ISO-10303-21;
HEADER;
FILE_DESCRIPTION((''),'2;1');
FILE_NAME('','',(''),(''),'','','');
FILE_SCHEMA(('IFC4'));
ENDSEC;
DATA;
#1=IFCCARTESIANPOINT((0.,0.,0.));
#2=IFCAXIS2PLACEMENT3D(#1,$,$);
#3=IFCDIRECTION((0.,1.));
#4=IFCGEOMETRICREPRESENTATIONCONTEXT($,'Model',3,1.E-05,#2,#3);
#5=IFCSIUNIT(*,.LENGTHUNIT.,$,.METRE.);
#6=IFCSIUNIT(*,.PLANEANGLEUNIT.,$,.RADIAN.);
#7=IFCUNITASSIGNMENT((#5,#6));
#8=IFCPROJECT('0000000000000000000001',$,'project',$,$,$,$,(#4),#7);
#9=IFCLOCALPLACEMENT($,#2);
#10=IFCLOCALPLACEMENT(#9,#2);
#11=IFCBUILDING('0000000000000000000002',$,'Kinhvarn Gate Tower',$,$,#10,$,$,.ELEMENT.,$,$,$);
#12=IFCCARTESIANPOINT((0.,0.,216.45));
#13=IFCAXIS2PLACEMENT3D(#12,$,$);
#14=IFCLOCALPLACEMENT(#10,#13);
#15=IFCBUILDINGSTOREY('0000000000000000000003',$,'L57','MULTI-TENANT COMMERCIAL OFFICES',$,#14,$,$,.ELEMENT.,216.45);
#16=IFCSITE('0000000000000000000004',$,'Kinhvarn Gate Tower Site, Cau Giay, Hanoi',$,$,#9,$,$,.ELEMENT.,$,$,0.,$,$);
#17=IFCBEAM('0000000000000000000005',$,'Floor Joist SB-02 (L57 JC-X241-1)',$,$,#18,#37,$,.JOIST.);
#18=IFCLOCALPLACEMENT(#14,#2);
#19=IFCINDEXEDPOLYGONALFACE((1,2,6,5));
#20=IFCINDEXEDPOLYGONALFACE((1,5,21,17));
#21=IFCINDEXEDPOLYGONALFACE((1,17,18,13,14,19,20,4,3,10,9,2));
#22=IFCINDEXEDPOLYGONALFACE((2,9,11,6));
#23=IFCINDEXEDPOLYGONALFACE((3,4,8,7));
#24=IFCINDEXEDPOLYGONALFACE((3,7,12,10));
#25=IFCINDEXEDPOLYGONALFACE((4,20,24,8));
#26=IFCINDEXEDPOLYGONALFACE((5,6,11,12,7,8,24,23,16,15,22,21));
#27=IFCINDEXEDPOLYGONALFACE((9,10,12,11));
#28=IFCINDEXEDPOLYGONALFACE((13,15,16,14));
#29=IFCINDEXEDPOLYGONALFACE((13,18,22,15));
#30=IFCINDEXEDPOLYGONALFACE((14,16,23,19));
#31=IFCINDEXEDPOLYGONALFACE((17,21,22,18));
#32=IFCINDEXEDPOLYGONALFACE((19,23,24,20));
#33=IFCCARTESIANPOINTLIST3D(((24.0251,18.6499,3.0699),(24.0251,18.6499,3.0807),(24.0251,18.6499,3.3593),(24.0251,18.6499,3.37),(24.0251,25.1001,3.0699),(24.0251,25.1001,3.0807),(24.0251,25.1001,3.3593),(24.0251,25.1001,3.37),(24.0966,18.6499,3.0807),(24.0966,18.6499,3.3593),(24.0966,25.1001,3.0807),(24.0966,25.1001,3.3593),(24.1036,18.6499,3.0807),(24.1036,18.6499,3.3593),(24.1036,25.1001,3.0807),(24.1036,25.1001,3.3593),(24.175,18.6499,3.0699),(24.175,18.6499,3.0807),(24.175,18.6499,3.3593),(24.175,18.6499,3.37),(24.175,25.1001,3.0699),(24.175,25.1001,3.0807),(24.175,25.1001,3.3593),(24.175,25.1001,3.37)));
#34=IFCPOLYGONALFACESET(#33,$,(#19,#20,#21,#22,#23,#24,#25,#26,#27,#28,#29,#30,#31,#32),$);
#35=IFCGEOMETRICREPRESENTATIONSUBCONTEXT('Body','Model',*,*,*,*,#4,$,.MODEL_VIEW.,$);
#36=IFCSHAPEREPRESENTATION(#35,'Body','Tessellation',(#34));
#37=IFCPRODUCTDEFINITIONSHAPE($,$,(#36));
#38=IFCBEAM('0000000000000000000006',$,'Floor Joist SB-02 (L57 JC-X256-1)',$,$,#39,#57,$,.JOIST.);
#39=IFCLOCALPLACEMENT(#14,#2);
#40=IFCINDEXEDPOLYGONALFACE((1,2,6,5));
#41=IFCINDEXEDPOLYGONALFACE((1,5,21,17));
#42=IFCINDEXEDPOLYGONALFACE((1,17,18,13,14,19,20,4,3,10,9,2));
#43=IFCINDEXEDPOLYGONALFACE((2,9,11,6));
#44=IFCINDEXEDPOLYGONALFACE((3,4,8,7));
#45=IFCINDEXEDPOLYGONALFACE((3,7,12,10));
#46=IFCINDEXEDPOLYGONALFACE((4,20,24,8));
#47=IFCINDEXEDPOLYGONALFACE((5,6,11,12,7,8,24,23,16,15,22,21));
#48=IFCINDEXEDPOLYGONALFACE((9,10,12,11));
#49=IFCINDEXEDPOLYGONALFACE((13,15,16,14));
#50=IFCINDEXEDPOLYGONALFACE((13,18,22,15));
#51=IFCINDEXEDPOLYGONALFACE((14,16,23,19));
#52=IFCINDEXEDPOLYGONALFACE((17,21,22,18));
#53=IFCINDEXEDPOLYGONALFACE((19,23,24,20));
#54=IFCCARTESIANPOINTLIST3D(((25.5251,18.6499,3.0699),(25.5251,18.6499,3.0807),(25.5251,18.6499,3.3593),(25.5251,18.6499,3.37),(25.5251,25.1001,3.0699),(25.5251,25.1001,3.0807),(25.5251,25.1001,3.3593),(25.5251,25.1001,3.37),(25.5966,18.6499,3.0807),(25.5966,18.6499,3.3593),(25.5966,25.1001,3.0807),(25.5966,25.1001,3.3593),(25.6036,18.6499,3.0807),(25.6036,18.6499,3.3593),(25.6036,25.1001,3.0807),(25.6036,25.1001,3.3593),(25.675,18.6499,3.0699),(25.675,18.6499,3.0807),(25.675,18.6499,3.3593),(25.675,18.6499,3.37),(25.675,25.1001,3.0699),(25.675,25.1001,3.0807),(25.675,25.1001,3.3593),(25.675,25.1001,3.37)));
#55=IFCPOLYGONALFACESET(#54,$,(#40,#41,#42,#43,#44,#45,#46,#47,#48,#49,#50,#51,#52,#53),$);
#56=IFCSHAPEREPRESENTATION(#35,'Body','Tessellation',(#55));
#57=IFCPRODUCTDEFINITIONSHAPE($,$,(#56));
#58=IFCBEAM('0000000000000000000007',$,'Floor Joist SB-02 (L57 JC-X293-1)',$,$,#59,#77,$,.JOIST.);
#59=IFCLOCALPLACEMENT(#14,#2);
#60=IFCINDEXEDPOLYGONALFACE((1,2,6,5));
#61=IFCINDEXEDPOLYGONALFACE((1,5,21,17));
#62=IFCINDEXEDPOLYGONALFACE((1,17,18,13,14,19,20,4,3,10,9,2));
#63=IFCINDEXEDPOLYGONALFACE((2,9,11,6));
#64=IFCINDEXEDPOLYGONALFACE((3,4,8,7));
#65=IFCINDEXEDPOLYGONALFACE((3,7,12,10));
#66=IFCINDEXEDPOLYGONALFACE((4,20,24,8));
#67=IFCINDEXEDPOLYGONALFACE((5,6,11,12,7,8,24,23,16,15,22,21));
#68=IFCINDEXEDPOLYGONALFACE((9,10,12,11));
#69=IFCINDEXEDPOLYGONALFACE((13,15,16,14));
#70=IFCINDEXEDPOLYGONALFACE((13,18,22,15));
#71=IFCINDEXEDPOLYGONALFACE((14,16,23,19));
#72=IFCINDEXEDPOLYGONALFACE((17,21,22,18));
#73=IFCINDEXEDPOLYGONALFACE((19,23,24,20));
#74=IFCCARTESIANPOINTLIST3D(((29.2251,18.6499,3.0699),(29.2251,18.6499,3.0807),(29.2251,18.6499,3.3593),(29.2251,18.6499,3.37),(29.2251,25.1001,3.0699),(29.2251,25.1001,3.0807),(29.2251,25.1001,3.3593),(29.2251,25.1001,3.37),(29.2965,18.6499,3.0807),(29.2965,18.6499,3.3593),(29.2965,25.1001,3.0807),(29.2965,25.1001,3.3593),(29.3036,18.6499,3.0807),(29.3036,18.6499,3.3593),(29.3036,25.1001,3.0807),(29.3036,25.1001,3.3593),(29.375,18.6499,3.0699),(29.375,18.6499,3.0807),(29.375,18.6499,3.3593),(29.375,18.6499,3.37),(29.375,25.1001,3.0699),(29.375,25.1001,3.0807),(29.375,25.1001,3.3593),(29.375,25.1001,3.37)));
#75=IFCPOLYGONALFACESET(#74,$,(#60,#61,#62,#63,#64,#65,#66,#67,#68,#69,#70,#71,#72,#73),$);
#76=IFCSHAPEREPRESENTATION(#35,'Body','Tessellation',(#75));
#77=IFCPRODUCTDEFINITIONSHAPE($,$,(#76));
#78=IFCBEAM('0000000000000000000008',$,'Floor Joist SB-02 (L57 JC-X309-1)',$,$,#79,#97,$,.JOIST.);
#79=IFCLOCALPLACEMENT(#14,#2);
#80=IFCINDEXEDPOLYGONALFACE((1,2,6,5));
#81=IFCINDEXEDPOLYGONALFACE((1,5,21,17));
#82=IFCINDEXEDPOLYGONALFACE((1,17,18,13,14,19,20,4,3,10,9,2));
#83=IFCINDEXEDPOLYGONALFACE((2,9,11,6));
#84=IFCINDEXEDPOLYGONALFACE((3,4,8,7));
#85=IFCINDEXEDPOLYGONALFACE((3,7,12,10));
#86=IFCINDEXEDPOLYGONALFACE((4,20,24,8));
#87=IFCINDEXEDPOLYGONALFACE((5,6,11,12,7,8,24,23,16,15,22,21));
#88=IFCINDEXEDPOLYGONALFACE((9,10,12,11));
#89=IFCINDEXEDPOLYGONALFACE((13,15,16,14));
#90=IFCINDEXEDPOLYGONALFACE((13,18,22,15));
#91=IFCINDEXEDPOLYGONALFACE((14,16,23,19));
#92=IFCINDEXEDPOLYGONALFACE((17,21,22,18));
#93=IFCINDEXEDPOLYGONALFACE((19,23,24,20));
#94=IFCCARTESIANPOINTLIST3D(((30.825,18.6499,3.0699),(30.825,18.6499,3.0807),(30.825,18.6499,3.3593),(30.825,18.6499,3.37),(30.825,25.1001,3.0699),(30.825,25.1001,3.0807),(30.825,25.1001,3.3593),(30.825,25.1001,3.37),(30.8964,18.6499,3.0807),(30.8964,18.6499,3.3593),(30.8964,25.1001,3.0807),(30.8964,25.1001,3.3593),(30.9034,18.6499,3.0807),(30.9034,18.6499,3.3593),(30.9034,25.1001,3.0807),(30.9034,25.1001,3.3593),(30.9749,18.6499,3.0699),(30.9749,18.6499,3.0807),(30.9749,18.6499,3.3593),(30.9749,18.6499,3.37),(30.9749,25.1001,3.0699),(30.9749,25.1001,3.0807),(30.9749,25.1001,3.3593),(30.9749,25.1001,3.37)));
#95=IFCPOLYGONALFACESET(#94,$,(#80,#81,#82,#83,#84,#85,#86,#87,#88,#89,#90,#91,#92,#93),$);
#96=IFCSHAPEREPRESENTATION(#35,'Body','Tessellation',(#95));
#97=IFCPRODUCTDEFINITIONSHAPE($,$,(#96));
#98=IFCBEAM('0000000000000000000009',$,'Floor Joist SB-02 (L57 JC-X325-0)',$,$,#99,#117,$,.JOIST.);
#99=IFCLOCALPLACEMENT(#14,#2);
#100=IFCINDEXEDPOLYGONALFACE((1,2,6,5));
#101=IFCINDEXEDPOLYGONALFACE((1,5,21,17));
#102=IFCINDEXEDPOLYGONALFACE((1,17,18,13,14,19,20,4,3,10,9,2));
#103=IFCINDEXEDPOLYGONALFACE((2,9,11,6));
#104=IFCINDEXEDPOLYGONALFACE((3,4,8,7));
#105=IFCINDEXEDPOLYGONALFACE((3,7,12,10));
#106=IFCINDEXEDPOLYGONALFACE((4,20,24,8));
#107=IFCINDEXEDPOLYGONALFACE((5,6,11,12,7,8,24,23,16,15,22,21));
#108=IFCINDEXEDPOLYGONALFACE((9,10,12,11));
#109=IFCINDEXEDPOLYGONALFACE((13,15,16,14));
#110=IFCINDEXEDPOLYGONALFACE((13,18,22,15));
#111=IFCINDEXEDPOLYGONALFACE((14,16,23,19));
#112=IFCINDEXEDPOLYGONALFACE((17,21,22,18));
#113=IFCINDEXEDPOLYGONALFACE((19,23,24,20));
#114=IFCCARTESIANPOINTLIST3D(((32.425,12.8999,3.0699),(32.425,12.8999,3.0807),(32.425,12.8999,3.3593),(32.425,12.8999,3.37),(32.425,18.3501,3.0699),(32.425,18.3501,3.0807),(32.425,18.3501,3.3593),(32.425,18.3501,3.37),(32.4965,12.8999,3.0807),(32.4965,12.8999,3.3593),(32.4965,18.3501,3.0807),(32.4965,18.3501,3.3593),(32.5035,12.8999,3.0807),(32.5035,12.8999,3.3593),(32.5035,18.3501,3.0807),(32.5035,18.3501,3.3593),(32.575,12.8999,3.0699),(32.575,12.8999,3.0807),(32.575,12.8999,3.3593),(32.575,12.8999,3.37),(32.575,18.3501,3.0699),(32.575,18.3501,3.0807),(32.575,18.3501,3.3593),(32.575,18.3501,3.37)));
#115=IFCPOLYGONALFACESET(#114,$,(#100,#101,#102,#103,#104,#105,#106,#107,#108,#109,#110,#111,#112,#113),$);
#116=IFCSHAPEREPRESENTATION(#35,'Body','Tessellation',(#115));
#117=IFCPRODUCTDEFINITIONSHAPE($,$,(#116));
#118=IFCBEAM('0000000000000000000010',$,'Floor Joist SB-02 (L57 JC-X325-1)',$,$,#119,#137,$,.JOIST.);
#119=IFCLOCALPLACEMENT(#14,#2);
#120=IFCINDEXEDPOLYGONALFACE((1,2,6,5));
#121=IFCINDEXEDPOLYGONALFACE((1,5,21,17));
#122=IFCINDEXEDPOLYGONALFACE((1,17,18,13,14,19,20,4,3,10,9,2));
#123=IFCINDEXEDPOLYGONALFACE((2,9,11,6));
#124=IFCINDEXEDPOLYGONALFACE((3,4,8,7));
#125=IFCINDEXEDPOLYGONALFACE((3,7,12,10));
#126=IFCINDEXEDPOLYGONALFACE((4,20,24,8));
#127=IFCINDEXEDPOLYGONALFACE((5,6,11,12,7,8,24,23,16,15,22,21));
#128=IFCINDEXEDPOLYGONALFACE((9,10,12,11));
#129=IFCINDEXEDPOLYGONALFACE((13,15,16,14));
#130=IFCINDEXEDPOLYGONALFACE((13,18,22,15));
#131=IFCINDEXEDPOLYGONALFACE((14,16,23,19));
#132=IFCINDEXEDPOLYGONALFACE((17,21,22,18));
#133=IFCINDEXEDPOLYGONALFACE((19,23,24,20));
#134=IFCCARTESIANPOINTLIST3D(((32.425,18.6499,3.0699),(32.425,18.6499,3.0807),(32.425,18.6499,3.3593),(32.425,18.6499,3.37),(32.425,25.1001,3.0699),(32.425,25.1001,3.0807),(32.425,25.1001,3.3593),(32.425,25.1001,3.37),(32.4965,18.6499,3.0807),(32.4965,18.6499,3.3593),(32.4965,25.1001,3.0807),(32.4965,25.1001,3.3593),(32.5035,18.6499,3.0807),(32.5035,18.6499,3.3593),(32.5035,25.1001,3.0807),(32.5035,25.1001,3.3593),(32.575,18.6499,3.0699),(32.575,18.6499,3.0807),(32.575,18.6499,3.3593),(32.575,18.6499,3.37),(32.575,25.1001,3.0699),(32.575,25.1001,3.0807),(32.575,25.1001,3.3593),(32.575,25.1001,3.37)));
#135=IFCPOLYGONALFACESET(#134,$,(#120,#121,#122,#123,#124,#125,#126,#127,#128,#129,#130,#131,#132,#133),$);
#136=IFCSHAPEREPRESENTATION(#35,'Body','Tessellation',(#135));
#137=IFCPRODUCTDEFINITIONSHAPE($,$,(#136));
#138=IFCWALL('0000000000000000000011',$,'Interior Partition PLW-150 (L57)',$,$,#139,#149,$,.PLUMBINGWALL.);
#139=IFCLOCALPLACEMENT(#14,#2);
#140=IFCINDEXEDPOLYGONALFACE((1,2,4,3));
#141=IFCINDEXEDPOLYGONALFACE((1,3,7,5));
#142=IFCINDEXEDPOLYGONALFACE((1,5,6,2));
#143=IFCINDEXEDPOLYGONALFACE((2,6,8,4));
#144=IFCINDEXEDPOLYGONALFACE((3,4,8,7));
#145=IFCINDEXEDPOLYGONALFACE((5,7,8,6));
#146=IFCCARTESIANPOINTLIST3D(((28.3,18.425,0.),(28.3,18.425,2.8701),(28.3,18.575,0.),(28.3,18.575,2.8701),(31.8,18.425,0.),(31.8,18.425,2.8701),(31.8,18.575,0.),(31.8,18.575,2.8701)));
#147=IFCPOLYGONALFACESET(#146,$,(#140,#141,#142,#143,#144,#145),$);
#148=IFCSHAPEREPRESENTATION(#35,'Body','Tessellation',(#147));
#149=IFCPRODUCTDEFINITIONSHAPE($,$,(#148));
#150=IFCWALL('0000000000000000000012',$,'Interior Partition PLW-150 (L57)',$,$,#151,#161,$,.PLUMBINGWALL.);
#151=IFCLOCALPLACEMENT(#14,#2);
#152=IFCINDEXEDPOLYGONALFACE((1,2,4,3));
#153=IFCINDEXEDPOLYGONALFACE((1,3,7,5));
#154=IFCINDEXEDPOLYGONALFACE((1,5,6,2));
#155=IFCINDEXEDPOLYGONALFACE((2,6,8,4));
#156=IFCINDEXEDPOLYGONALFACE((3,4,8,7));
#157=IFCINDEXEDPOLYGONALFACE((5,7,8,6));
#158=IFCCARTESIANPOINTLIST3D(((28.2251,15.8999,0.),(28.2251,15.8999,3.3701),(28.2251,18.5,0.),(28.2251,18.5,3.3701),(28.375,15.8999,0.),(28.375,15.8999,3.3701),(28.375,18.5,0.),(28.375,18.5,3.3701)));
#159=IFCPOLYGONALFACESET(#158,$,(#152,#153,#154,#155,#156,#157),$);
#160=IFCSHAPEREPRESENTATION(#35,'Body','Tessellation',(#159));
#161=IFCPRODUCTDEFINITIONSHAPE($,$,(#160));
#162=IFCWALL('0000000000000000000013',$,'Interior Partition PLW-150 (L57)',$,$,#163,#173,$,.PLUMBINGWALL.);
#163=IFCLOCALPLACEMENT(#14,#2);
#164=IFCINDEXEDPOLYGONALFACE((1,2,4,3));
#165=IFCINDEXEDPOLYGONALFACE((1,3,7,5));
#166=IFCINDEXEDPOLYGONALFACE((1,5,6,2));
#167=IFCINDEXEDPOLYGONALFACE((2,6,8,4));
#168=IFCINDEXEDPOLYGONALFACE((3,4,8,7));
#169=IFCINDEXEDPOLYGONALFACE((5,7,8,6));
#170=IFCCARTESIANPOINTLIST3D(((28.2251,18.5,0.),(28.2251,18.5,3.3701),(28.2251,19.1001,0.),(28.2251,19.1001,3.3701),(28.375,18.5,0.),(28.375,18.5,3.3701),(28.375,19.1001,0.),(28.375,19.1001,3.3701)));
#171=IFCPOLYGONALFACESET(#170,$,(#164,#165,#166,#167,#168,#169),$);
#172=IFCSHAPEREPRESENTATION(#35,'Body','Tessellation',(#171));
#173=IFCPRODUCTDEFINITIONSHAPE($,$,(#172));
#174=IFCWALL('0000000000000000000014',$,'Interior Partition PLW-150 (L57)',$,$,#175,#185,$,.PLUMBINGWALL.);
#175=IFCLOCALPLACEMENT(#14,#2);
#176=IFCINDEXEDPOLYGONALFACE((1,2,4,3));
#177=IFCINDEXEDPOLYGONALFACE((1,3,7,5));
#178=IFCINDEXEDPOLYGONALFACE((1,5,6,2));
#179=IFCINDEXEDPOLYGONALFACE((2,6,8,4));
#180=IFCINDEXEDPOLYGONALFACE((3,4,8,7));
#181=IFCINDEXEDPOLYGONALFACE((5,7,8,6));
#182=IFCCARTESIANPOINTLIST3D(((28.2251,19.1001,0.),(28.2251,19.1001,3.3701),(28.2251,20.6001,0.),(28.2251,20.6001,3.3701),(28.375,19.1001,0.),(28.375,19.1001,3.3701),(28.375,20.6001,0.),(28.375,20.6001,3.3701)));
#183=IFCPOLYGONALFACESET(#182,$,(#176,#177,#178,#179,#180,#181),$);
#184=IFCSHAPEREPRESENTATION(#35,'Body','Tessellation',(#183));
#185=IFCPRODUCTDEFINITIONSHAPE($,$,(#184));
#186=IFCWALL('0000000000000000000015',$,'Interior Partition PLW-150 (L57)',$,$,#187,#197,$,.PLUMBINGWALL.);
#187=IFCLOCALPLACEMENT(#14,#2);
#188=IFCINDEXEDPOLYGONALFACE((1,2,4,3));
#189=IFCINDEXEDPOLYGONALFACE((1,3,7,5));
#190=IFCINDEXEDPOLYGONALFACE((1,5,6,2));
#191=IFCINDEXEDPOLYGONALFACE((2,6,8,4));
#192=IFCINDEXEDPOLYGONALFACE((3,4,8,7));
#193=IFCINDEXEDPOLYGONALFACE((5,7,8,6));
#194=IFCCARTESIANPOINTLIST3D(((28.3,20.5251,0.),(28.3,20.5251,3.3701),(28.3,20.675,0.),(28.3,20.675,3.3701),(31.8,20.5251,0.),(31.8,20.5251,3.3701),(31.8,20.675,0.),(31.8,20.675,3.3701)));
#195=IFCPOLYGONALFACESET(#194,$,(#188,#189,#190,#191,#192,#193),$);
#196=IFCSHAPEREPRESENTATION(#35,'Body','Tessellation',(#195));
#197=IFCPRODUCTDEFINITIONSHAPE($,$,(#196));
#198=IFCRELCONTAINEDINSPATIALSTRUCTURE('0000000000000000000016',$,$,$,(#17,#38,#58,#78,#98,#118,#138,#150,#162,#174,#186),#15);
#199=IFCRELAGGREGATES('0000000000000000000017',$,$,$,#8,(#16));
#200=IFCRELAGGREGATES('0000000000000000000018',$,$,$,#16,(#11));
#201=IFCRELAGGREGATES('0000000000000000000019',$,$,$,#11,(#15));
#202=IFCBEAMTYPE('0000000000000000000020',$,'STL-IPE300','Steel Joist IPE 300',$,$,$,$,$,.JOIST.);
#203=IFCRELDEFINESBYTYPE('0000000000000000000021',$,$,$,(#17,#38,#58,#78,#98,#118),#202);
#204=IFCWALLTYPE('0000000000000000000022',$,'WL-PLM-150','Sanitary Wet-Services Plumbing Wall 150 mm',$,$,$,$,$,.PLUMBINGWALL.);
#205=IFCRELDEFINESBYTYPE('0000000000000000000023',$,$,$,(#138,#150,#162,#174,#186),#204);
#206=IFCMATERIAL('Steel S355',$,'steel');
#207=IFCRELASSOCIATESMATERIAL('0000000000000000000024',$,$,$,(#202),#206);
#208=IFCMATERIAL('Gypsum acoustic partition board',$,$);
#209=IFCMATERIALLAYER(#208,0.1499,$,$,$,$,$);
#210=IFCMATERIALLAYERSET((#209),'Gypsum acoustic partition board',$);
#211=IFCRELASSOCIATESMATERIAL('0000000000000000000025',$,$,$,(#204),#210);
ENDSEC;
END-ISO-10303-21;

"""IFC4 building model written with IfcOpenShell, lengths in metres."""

from ifc_helpers import new_model, si_unit, direction, frame, frame_2d, origin, origin_2d, place, context, subcontext, project, spatial, rectangle, i_section, extrude, material, layer, layer_set, material_profile, profile_set, type_object, element, save


model = new_model("IFC4")

# Units and contexts
model_context = context("Model", 3, precision=1e-05, world=origin(), true_north=direction((0.0, 1.0)))
body_context = subcontext(model_context, "Body", "Model", "MODEL_VIEW")
ifc_project = project(units=[si_unit("LENGTHUNIT", "METRE"), si_unit("PLANEANGLEUNIT", "RADIAN")], contexts=[model_context])

# Site, building, storey
site_placement = place(None, origin())
site = spatial("IfcSite", under=ifc_project, at=site_placement, Name="Kinhvarn Gate Tower Site, Cau Giay, Hanoi", CompositionType="ELEMENT", RefElevation=0.0)
building_placement = place(site_placement, origin())
building = spatial("IfcBuilding", under=site, at=building_placement, Name="Kinhvarn Gate Tower", CompositionType="ELEMENT")
storey_placement = place(building_placement, frame((0.0, 0.0, 216.45)))
storey = spatial("IfcBuildingStorey", under=building, at=storey_placement, Name="L57", Description="MULTI-TENANT COMMERCIAL OFFICES", CompositionType="ELEMENT", Elevation=216.45)

# Beams
ifc_material_1 = material(Name="Steel S355", Category="steel")
ifc_material_profile = material_profile(ifc_material_1, i_section(OverallWidth=0.1499, OverallDepth=0.3, WebThickness=0.0071, FlangeThickness=0.0107, at=origin_2d()), Name="IPE 300")
ifc_profile_set = profile_set([ifc_material_profile], Name="Steel S355")
beam_type = type_object("IfcBeamType", Name="STL-IPE300", Description="Steel Joist IPE 300", PredefinedType="JOIST", material=ifc_profile_set)
for number, where, z_axis, x_axis, name in (
    (1, (24.1001, 18.6499, 3.22), (0.0, 1.0, 0.0), (-1.0, 0.0, 0.0), "Floor Joist SB-02 (L57 JC-X241-1)"),
    (2, (25.6001, 18.6499, 3.22), (0.0, 1.0, 0.0), (-1.0, 0.0, 0.0), "Floor Joist SB-02 (L57 JC-X256-1)"),
    (3, (29.3, 18.6499, 3.22), (0.0, 1.0, 0.0), (-1.0, 0.0, 0.0), "Floor Joist SB-02 (L57 JC-X293-1)"),
    (4, (30.8999, 18.6499, 3.22), (0.0, 1.0, 0.0), (-1.0, 0.0, 0.0), "Floor Joist SB-02 (L57 JC-X309-1)"),
):
    element("IfcBeam", number, at=place(storey_placement, frame(where, z_axis=z_axis, x_axis=x_axis)), inside=storey, type_object=beam_type, Name=name, PredefinedType="JOIST", context=body_context, shape_type="SweptSolid", body=[
        extrude(i_section(OverallWidth=0.1499, OverallDepth=0.3, WebThickness=0.0071, FlangeThickness=0.0107, at=origin_2d()), origin(), (0.0, 0.0, 1.0), 6.4502),
    ])
beam_1_placement = place(storey_placement, frame((32.5, 12.8999, 3.22), z_axis=(0.0, 1.0, 0.0), x_axis=(-1.0, 0.0, 0.0)))
element("IfcBeam", 5, at=beam_1_placement, inside=storey, type_object=beam_type, Name="Floor Joist SB-02 (L57 JC-X325-0)", PredefinedType="JOIST", context=body_context, shape_type="SweptSolid", body=[
    extrude(i_section(OverallWidth=0.1499, OverallDepth=0.3, WebThickness=0.0071, FlangeThickness=0.0107, at=origin_2d()), origin(), (0.0, 0.0, 1.0), 5.4502),
])
beam_2_placement = place(storey_placement, frame((32.5, 18.6499, 3.22), z_axis=(0.0, 1.0, 0.0), x_axis=(-1.0, 0.0, 0.0)))
element("IfcBeam", 6, at=beam_2_placement, inside=storey, type_object=beam_type, Name="Floor Joist SB-02 (L57 JC-X325-1)", PredefinedType="JOIST", context=body_context, shape_type="SweptSolid", body=[
    extrude(i_section(OverallWidth=0.1499, OverallDepth=0.3, WebThickness=0.0071, FlangeThickness=0.0107, at=origin_2d()), origin(), (0.0, 0.0, 1.0), 6.4502),
])

# Walls
ifc_material_2 = material(Name="Gypsum acoustic partition board")
ifc_layer_1 = layer(ifc_material_2, 0.1499)
ifc_layer_set_1 = layer_set([ifc_layer_1], Name="Gypsum acoustic partition board")
wall_type_1 = type_object("IfcWallType", Name="WL-PLM-150", Description="Sanitary Wet-Services Plumbing Wall 150 mm", PredefinedType="PLUMBINGWALL", material=ifc_layer_set_1)
wall_1_placement = place(storey_placement, frame((28.3, 18.5, 0.0), z_axis=(0.0, 0.0, 1.0), x_axis=(1.0, 0.0, 0.0)))
element("IfcWall", 7, at=wall_1_placement, inside=storey, type_object=wall_type_1, Name="Interior Partition PLW-150 (L57)", PredefinedType="PLUMBINGWALL", context=body_context, shape_type="SweptSolid", body=[
    extrude(rectangle(XDim=3.5, YDim=0.1499, at=frame_2d((1.75, 0.0))), origin(), (0.0, 0.0, 1.0), 2.8701),
])
wall_2_placement = place(storey_placement, frame((28.3, 15.8999, 0.0), z_axis=(0.0, 0.0, 1.0), x_axis=(0.0, 1.0, 0.0)))
element("IfcWall", 8, at=wall_2_placement, inside=storey, type_object=wall_type_1, Name="Interior Partition PLW-150 (L57)", PredefinedType="PLUMBINGWALL", context=body_context, shape_type="SweptSolid", body=[
    extrude(rectangle(XDim=2.6001, YDim=0.1499, at=frame_2d((1.3, 0.0))), origin(), (0.0, 0.0, 1.0), 3.3701),
])
wall_3_placement = place(storey_placement, frame((28.3, 18.5, 0.0), z_axis=(0.0, 0.0, 1.0), x_axis=(0.0, 1.0, 0.0)))
element("IfcWall", 9, at=wall_3_placement, inside=storey, type_object=wall_type_1, Name="Interior Partition PLW-150 (L57)", PredefinedType="PLUMBINGWALL", context=body_context, shape_type="SweptSolid", body=[
    extrude(rectangle(XDim=0.6001, YDim=0.1499, at=frame_2d((0.3, 0.0))), origin(), (0.0, 0.0, 1.0), 3.3701),
])
wall_4_placement = place(storey_placement, frame((28.3, 19.1001, 0.0), z_axis=(0.0, 0.0, 1.0), x_axis=(0.0, 1.0, 0.0)))
element("IfcWall", 10, at=wall_4_placement, inside=storey, type_object=wall_type_1, Name="Interior Partition PLW-150 (L57)", PredefinedType="PLUMBINGWALL", context=body_context, shape_type="SweptSolid", body=[
    extrude(rectangle(XDim=1.5, YDim=0.1499, at=frame_2d((0.75, 0.0))), origin(), (0.0, 0.0, 1.0), 3.3701),
])
wall_5_placement = place(storey_placement, frame((28.3, 20.6001, 0.0), z_axis=(0.0, 0.0, 1.0), x_axis=(1.0, 0.0, 0.0)))
element("IfcWall", 11, at=wall_5_placement, inside=storey, type_object=wall_type_1, Name="Interior Partition PLW-150 (L57)", PredefinedType="PLUMBINGWALL", context=body_context, shape_type="SweptSolid", body=[
    extrude(rectangle(XDim=3.5, YDim=0.1499, at=frame_2d((1.75, 0.0))), origin(), (0.0, 0.0, 1.0), 3.3701),
])

save(model, "model.ifc")
